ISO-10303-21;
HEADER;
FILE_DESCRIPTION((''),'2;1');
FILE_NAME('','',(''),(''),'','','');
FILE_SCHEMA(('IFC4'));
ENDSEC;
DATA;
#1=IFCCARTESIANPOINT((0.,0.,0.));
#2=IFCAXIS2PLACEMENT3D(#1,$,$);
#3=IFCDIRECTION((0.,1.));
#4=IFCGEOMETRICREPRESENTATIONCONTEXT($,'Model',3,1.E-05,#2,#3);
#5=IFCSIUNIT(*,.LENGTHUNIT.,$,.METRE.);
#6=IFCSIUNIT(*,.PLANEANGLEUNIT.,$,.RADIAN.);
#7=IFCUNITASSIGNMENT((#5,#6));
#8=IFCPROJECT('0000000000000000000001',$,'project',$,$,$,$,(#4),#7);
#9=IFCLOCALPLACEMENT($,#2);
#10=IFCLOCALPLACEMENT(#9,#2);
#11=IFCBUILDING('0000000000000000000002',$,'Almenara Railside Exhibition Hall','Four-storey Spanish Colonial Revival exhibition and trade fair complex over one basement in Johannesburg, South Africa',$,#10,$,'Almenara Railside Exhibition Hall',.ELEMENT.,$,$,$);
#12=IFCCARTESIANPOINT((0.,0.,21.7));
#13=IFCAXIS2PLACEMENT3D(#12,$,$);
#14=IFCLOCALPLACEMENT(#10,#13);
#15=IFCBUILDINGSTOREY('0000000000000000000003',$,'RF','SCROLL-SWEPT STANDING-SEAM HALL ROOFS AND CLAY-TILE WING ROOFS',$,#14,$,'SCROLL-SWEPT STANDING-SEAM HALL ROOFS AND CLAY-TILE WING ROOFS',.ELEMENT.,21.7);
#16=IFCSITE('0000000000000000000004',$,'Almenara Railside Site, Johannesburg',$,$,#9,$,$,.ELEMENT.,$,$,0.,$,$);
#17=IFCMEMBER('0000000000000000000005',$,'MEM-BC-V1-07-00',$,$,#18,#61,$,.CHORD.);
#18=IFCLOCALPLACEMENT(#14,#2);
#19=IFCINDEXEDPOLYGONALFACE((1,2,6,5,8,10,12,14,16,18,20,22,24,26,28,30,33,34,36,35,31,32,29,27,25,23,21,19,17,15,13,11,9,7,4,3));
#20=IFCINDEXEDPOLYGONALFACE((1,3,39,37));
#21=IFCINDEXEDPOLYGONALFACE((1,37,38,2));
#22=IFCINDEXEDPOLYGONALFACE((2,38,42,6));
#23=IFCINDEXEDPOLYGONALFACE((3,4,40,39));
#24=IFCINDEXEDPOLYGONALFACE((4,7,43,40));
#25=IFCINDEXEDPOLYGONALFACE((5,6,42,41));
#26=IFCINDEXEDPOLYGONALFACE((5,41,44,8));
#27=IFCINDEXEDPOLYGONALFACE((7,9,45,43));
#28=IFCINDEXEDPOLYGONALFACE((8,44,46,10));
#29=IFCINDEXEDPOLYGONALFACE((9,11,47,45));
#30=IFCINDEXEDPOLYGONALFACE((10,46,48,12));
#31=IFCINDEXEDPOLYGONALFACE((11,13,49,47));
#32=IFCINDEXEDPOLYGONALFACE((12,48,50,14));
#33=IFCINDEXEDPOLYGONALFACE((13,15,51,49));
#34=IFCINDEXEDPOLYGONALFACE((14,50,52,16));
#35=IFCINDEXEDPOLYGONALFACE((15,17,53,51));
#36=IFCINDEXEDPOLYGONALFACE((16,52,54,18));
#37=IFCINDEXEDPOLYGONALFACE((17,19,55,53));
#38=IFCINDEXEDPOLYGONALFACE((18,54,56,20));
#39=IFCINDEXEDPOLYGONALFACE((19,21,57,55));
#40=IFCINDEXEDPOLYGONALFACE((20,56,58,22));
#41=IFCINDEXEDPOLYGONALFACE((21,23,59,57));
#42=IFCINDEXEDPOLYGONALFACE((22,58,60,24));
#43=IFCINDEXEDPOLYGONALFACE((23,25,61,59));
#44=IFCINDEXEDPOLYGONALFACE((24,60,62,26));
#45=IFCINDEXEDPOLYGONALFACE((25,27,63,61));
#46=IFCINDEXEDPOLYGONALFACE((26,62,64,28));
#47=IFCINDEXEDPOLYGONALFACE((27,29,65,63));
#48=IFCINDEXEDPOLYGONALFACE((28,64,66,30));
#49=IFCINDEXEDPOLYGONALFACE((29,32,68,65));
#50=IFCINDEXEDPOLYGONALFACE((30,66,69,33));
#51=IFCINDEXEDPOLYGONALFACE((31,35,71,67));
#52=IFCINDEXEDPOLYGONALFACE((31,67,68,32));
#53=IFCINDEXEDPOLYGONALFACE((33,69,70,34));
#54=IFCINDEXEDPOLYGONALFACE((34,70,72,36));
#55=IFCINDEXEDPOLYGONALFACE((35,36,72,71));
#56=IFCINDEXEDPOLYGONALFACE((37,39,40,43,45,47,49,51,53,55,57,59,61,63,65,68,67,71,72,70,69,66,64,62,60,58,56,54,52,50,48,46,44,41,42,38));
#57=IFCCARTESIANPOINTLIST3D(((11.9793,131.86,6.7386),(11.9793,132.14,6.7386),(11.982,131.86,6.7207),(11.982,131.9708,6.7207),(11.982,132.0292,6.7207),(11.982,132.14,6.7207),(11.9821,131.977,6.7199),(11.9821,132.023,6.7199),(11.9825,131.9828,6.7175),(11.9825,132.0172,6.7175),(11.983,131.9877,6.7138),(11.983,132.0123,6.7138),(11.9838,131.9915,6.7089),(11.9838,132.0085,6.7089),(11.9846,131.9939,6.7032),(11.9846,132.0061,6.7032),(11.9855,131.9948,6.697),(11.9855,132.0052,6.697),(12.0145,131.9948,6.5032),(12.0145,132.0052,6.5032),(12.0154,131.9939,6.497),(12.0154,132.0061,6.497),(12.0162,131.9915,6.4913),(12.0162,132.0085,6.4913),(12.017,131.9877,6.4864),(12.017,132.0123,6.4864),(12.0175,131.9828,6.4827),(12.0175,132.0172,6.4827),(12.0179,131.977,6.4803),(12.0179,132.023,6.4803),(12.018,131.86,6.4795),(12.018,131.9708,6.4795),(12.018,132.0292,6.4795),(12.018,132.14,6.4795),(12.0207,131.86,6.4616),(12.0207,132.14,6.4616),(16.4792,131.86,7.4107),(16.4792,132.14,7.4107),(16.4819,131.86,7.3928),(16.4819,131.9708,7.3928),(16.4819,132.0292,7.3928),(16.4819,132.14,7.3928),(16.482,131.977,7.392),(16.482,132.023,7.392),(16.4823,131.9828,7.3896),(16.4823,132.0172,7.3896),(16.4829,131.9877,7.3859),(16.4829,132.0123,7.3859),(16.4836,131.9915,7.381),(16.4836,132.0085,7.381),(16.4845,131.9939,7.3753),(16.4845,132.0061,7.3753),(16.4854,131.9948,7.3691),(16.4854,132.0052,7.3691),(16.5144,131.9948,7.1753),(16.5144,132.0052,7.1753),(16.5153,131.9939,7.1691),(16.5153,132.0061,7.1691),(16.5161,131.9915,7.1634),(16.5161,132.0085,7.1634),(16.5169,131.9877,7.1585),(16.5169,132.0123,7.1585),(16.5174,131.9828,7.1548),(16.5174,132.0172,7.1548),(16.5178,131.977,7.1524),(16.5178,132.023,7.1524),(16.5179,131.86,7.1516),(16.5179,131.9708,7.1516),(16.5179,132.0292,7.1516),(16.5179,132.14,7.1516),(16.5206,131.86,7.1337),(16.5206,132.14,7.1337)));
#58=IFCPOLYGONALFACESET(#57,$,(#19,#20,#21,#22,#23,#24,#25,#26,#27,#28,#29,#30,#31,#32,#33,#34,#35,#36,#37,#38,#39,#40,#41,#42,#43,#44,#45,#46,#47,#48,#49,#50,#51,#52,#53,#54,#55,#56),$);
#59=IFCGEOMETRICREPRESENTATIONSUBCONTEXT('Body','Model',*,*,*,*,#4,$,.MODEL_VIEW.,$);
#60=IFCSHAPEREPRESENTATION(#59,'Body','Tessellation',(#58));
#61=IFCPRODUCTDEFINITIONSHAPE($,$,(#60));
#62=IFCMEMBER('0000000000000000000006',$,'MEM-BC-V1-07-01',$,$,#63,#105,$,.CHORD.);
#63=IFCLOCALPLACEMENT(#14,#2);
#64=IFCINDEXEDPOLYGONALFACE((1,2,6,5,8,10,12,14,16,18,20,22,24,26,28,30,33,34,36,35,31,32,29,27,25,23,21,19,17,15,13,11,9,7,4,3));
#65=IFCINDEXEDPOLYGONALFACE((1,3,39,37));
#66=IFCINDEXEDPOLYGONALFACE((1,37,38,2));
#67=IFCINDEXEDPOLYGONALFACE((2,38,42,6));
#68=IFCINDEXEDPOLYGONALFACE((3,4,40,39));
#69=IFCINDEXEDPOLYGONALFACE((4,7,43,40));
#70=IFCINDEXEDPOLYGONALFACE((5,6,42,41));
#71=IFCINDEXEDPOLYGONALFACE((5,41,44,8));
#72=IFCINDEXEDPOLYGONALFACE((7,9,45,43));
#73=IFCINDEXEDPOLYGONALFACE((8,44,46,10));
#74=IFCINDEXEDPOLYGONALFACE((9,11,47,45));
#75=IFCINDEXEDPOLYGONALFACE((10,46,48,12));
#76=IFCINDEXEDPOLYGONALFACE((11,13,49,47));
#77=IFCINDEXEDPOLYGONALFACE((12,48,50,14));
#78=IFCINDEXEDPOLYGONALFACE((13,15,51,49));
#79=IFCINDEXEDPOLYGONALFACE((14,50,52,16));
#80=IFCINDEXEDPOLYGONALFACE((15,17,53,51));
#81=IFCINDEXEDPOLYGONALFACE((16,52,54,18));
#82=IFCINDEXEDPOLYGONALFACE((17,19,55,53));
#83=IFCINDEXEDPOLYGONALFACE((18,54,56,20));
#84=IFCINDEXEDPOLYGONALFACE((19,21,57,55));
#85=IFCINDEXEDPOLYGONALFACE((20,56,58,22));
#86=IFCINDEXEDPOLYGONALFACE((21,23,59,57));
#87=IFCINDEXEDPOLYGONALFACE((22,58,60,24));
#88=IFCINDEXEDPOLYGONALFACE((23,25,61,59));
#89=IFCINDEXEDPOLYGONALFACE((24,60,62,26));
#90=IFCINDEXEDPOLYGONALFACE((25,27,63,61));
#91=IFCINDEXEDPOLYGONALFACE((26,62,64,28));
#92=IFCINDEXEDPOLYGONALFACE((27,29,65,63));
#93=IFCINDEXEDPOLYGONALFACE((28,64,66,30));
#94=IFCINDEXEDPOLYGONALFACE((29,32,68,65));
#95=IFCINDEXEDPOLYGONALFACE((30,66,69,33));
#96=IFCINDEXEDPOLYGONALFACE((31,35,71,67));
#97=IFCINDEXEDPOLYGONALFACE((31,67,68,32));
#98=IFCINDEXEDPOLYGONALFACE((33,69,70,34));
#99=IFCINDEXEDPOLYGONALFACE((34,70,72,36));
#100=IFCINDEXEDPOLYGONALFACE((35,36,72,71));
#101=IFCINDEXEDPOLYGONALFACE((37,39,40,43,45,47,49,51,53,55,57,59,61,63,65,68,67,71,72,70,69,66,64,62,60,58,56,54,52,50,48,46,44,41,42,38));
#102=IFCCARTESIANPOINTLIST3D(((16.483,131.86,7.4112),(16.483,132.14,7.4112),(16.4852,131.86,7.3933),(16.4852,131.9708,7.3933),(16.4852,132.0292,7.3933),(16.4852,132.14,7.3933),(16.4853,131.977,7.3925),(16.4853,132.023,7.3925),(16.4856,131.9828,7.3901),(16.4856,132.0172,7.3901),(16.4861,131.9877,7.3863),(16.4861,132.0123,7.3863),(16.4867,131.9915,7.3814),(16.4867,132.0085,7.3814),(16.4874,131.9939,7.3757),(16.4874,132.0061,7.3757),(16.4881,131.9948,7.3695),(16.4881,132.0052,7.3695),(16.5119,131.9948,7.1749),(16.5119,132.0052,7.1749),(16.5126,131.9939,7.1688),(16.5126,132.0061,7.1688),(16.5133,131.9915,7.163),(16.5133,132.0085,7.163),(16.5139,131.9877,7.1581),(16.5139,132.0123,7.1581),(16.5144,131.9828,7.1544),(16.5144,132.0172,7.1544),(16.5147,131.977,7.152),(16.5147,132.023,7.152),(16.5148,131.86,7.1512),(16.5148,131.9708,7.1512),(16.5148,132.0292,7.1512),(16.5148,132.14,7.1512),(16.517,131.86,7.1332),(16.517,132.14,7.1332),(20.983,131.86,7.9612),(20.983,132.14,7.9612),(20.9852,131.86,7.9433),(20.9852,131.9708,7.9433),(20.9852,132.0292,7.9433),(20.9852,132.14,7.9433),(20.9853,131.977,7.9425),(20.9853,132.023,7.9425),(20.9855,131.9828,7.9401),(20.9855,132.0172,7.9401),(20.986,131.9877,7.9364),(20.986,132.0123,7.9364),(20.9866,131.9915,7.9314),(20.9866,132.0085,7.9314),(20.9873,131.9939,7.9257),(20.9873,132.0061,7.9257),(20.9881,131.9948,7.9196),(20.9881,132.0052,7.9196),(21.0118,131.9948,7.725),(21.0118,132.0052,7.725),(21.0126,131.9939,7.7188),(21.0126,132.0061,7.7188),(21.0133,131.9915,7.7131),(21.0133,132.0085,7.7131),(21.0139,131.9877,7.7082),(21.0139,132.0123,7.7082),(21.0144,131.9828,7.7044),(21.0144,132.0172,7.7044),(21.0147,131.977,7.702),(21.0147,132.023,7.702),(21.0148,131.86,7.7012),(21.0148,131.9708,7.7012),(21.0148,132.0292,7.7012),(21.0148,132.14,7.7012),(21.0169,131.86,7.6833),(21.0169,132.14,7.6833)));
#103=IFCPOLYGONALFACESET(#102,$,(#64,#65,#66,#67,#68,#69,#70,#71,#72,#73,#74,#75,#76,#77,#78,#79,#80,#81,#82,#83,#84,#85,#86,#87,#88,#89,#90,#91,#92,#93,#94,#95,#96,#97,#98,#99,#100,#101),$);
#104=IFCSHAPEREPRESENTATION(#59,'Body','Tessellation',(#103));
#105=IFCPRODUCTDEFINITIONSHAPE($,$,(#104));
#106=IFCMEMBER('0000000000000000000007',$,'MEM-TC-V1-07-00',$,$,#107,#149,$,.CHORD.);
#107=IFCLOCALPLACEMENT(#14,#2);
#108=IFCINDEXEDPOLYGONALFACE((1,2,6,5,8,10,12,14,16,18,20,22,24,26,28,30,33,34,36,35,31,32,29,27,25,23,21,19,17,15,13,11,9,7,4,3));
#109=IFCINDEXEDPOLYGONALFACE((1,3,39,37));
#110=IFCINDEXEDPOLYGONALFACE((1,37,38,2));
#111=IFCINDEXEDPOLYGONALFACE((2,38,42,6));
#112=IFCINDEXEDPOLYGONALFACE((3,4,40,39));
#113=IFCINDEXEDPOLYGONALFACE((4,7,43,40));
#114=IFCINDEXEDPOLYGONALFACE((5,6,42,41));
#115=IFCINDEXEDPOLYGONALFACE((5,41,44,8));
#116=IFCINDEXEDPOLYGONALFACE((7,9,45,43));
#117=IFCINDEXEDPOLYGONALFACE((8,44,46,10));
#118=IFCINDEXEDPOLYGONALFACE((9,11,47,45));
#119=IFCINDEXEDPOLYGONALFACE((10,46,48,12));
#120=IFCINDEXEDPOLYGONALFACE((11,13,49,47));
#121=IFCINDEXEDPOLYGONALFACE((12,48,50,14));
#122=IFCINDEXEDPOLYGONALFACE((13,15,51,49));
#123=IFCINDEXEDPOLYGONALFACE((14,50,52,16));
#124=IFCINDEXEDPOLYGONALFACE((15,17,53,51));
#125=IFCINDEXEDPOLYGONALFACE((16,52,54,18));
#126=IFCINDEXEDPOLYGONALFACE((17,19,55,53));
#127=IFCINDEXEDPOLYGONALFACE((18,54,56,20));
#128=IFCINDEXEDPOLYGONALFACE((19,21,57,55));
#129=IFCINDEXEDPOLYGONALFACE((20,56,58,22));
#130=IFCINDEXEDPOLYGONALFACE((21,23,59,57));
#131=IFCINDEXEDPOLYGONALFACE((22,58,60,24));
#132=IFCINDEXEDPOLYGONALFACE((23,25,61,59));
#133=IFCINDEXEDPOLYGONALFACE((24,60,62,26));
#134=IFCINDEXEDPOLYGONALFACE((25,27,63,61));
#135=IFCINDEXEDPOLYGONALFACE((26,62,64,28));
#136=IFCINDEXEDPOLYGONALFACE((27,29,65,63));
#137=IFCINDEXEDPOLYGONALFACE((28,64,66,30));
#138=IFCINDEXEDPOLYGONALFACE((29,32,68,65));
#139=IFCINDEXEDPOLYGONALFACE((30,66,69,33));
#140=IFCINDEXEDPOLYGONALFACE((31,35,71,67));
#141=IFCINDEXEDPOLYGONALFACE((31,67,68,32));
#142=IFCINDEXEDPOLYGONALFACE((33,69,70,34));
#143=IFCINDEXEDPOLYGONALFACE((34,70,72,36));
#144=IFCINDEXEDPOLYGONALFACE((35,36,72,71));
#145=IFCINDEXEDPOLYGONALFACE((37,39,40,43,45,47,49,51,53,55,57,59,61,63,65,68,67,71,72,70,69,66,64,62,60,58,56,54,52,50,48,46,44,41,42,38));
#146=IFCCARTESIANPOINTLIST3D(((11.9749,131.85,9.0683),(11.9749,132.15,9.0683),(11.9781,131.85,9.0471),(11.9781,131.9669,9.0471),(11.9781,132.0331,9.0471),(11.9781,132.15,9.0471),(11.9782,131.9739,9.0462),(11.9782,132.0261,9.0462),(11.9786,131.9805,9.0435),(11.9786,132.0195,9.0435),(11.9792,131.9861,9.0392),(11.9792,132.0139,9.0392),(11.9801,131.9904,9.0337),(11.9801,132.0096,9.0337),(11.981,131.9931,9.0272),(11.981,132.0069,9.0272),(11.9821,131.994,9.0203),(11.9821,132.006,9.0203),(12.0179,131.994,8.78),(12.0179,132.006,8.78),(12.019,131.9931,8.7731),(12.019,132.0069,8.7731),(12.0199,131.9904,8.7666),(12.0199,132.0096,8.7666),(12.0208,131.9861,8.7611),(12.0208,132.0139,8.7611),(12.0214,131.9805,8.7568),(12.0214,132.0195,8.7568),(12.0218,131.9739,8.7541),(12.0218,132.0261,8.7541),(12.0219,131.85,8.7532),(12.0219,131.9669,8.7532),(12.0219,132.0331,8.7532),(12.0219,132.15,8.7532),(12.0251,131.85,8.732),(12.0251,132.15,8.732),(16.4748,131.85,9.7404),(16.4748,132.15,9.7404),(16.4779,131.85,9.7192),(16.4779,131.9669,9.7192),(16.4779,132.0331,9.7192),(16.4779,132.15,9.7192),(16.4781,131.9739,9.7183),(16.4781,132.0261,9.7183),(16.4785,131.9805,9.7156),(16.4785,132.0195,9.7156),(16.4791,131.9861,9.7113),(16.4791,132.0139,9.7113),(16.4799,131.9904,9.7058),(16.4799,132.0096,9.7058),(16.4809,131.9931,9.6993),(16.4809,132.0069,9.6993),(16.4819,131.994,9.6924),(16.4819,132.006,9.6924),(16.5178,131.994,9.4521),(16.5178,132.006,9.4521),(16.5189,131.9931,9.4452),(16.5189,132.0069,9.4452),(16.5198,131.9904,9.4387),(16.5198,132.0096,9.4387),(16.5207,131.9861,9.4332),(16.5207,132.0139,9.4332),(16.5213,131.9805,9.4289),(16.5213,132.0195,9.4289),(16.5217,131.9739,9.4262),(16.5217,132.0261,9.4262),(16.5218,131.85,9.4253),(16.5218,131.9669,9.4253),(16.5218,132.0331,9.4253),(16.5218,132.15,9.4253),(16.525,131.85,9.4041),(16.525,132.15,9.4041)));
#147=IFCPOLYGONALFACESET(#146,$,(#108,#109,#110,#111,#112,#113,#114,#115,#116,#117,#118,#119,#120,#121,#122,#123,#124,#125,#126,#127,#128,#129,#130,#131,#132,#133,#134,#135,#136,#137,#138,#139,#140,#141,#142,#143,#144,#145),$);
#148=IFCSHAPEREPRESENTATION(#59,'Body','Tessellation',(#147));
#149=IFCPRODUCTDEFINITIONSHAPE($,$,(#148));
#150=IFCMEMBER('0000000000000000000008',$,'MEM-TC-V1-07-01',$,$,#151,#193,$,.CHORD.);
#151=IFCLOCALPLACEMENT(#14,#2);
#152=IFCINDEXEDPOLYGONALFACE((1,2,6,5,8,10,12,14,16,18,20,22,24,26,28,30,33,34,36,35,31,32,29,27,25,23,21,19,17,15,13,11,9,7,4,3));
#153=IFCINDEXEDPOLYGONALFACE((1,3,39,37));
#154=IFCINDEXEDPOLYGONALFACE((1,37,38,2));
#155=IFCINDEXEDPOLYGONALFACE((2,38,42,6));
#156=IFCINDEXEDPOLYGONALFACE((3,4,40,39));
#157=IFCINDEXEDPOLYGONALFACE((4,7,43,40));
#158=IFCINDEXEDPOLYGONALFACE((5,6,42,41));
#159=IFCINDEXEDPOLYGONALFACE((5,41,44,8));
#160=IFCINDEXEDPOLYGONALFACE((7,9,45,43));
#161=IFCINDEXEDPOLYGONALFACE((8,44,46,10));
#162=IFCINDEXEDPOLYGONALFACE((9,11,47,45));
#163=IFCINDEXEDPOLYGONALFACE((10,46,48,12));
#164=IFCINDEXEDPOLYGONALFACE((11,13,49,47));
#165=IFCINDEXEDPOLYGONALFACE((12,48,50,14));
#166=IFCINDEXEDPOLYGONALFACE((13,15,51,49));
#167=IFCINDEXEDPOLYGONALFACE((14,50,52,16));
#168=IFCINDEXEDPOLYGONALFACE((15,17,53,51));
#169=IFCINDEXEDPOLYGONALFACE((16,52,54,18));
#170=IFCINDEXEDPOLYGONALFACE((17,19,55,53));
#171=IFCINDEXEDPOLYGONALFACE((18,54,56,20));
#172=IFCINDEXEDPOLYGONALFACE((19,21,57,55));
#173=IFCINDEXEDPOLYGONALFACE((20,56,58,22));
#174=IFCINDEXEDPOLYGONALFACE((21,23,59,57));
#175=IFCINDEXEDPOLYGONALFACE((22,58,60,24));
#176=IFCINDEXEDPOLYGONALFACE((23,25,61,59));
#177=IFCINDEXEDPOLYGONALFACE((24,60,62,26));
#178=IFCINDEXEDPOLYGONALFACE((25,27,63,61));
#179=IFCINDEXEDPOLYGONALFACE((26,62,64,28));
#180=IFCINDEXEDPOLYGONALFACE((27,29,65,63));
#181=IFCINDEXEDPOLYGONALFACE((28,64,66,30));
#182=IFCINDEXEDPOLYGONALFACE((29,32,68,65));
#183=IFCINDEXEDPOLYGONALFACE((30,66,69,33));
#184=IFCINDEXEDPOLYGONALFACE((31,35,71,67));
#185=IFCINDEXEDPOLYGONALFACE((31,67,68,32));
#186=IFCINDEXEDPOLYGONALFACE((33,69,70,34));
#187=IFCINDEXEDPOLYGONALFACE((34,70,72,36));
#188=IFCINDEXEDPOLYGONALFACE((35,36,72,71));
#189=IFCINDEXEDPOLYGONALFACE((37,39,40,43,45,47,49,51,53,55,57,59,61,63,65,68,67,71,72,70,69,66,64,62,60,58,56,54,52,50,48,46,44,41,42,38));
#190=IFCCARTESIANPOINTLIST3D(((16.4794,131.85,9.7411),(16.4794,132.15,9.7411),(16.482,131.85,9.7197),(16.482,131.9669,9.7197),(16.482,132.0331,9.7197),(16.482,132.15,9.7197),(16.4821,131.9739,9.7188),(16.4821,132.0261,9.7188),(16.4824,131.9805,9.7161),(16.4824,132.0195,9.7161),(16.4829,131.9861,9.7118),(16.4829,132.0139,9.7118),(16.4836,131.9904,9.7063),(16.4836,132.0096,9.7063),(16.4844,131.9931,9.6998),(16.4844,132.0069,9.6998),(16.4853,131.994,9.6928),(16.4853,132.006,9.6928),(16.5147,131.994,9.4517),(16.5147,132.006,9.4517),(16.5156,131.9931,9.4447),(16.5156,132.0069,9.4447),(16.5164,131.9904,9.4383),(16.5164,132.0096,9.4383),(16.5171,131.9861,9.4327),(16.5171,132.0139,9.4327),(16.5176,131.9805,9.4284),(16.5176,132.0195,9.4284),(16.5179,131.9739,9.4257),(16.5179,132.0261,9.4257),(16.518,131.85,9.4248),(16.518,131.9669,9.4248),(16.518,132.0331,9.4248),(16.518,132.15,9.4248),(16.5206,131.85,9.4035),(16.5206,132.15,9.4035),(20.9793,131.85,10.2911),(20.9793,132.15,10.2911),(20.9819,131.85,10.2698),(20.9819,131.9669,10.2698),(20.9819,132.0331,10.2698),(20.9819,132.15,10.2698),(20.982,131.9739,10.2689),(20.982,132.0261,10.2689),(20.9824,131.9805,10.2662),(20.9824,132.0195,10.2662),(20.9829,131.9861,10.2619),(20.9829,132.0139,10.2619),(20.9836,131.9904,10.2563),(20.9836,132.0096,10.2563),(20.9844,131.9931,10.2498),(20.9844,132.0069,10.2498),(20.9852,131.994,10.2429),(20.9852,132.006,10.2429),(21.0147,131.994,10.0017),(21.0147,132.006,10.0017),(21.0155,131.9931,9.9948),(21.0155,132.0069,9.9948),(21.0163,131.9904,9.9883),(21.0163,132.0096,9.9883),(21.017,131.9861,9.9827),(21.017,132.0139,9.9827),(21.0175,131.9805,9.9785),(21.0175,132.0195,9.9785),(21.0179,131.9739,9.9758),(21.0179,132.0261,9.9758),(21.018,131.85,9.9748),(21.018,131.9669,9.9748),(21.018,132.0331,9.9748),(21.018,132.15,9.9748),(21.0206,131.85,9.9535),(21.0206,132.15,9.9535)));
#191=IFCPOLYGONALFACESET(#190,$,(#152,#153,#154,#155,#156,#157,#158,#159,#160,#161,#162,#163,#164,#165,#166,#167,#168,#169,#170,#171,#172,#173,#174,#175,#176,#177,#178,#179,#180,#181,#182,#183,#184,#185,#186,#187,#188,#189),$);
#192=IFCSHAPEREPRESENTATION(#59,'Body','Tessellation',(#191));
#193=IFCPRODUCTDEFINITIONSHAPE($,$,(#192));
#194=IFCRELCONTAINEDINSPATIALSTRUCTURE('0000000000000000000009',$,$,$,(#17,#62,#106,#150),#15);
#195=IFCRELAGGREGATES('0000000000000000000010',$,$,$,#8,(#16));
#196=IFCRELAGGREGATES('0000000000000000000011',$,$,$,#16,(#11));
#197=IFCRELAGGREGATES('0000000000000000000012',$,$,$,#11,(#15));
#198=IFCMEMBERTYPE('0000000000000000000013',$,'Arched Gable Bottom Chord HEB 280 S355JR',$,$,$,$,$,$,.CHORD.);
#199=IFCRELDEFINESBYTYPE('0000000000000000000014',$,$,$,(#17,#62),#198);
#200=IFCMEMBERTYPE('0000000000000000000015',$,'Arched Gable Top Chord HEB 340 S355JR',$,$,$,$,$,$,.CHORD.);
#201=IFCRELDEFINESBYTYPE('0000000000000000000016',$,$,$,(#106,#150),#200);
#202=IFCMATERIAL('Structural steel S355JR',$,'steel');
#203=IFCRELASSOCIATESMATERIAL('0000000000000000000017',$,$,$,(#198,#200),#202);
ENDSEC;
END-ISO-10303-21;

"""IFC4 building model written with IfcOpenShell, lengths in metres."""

from ifc_helpers import new_model, si_unit, direction, frame, origin, origin_2d, place, context, subcontext, project, spatial, i_section, extrude, material, material_profile, profile_set, type_object, element, save


model = new_model("IFC4")

# Units and contexts
model_context = context("Model", 3, precision=1e-05, world=origin(), true_north=direction((0.0, 1.0)))
body_context = subcontext(model_context, "Body", "Model", "MODEL_VIEW")
ifc_project = project(units=[si_unit("LENGTHUNIT", "METRE"), si_unit("PLANEANGLEUNIT", "RADIAN")], contexts=[model_context])

# Site, building, storey
site_placement = place(None, origin())
site = spatial("IfcSite", under=ifc_project, at=site_placement, Name="Almenara Railside Site, Johannesburg", CompositionType="ELEMENT", RefElevation=0.0)
building_placement = place(site_placement, origin())
building = spatial("IfcBuilding", under=site, at=building_placement, Name="Almenara Railside Exhibition Hall", Description="Four-storey Spanish Colonial Revival exhibition and trade fair complex over one basement in Johannesburg, South Africa", LongName="Almenara Railside Exhibition Hall", CompositionType="ELEMENT")
storey_placement = place(building_placement, frame((0.0, 0.0, 21.7)))
storey = spatial("IfcBuildingStorey", under=building, at=storey_placement, Name="RF", Description="SCROLL-SWEPT STANDING-SEAM HALL ROOFS AND CLAY-TILE WING ROOFS", LongName="SCROLL-SWEPT STANDING-SEAM HALL ROOFS AND CLAY-TILE WING ROOFS", CompositionType="ELEMENT", Elevation=21.7)

# Members
ifc_material_1 = material(Name="Structural steel S355JR", Category="steel")
ifc_material_profile_1 = material_profile(ifc_material_1, i_section(OverallWidth=0.28, OverallDepth=0.28, WebThickness=0.0105, FlangeThickness=0.0181, FilletRadius=0.0239, at=origin_2d()), Name="HEB 280")
ifc_profile_set_1 = profile_set([ifc_material_profile_1], Name="Structural steel S355JR")
member_type_1 = type_object("IfcMemberType", Name="Arched Gable Bottom Chord HEB 280 S355JR", PredefinedType="CHORD", material=ifc_profile_set_1)
member_1_placement = place(storey_placement, frame((12.0, 132.0, 6.6001), z_axis=(0.989029, 0.0, 0.147721), x_axis=(0.0, 1.0, 0.0)))
element("IfcMember", 1, at=member_1_placement, inside=storey, type_object=member_type_1, Name="MEM-BC-V1-07-00", PredefinedType="CHORD", context=body_context, shape_type="SweptSolid", body=[
    extrude(i_section(OverallWidth=0.28, OverallDepth=0.28, WebThickness=0.0105, FlangeThickness=0.0181, FilletRadius=0.0239, at=origin_2d()), origin(), (0.0, 0.0, 1.0), 4.5498),
])
member_2_placement = place(storey_placement, frame((16.5, 132.0, 7.2722), z_axis=(0.992612, 0.0, 0.12133), x_axis=(0.0, 1.0, 0.0)))
element("IfcMember", 2, at=member_2_placement, inside=storey, type_object=member_type_1, Name="MEM-BC-V1-07-01", PredefinedType="CHORD", context=body_context, shape_type="SweptSolid", body=[
    extrude(i_section(OverallWidth=0.28, OverallDepth=0.28, WebThickness=0.0105, FlangeThickness=0.0181, FilletRadius=0.0239, at=origin_2d()), origin(), (0.0, 0.0, 1.0), 4.5334),
])
ifc_material_profile_2 = material_profile(ifc_material_1, i_section(OverallWidth=0.3, OverallDepth=0.3401, WebThickness=0.012, FlangeThickness=0.0215, FilletRadius=0.0271, at=origin_2d()), Name="HEB 340")
ifc_profile_set_2 = profile_set([ifc_material_profile_2], Name="Structural steel S355JR")
member_type_2 = type_object("IfcMemberType", Name="Arched Gable Top Chord HEB 340 S355JR", PredefinedType="CHORD", material=ifc_profile_set_2)
member_3_placement = place(storey_placement, frame((12.0, 132.0, 8.9001), z_axis=(0.989029, 0.0, 0.147721), x_axis=(0.0, 1.0, 0.0)))
element("IfcMember", 3, at=member_3_placement, inside=storey, type_object=member_type_2, Name="MEM-TC-V1-07-00", PredefinedType="CHORD", context=body_context, shape_type="SweptSolid", body=[
    extrude(i_section(OverallWidth=0.3, OverallDepth=0.3401, WebThickness=0.012, FlangeThickness=0.0215, FilletRadius=0.0271, at=origin_2d()), origin(), (0.0, 0.0, 1.0), 4.5498),
])
member_4_placement = place(storey_placement, frame((16.5, 132.0, 9.5723), z_axis=(0.992612, 0.0, 0.12133), x_axis=(0.0, 1.0, 0.0)))
element("IfcMember", 4, at=member_4_placement, inside=storey, type_object=member_type_2, Name="MEM-TC-V1-07-01", PredefinedType="CHORD", context=body_context, shape_type="SweptSolid", body=[
    extrude(i_section(OverallWidth=0.3, OverallDepth=0.3401, WebThickness=0.012, FlangeThickness=0.0215, FilletRadius=0.0271, at=origin_2d()), origin(), (0.0, 0.0, 1.0), 4.5334),
])

save(model, "model.ifc")
